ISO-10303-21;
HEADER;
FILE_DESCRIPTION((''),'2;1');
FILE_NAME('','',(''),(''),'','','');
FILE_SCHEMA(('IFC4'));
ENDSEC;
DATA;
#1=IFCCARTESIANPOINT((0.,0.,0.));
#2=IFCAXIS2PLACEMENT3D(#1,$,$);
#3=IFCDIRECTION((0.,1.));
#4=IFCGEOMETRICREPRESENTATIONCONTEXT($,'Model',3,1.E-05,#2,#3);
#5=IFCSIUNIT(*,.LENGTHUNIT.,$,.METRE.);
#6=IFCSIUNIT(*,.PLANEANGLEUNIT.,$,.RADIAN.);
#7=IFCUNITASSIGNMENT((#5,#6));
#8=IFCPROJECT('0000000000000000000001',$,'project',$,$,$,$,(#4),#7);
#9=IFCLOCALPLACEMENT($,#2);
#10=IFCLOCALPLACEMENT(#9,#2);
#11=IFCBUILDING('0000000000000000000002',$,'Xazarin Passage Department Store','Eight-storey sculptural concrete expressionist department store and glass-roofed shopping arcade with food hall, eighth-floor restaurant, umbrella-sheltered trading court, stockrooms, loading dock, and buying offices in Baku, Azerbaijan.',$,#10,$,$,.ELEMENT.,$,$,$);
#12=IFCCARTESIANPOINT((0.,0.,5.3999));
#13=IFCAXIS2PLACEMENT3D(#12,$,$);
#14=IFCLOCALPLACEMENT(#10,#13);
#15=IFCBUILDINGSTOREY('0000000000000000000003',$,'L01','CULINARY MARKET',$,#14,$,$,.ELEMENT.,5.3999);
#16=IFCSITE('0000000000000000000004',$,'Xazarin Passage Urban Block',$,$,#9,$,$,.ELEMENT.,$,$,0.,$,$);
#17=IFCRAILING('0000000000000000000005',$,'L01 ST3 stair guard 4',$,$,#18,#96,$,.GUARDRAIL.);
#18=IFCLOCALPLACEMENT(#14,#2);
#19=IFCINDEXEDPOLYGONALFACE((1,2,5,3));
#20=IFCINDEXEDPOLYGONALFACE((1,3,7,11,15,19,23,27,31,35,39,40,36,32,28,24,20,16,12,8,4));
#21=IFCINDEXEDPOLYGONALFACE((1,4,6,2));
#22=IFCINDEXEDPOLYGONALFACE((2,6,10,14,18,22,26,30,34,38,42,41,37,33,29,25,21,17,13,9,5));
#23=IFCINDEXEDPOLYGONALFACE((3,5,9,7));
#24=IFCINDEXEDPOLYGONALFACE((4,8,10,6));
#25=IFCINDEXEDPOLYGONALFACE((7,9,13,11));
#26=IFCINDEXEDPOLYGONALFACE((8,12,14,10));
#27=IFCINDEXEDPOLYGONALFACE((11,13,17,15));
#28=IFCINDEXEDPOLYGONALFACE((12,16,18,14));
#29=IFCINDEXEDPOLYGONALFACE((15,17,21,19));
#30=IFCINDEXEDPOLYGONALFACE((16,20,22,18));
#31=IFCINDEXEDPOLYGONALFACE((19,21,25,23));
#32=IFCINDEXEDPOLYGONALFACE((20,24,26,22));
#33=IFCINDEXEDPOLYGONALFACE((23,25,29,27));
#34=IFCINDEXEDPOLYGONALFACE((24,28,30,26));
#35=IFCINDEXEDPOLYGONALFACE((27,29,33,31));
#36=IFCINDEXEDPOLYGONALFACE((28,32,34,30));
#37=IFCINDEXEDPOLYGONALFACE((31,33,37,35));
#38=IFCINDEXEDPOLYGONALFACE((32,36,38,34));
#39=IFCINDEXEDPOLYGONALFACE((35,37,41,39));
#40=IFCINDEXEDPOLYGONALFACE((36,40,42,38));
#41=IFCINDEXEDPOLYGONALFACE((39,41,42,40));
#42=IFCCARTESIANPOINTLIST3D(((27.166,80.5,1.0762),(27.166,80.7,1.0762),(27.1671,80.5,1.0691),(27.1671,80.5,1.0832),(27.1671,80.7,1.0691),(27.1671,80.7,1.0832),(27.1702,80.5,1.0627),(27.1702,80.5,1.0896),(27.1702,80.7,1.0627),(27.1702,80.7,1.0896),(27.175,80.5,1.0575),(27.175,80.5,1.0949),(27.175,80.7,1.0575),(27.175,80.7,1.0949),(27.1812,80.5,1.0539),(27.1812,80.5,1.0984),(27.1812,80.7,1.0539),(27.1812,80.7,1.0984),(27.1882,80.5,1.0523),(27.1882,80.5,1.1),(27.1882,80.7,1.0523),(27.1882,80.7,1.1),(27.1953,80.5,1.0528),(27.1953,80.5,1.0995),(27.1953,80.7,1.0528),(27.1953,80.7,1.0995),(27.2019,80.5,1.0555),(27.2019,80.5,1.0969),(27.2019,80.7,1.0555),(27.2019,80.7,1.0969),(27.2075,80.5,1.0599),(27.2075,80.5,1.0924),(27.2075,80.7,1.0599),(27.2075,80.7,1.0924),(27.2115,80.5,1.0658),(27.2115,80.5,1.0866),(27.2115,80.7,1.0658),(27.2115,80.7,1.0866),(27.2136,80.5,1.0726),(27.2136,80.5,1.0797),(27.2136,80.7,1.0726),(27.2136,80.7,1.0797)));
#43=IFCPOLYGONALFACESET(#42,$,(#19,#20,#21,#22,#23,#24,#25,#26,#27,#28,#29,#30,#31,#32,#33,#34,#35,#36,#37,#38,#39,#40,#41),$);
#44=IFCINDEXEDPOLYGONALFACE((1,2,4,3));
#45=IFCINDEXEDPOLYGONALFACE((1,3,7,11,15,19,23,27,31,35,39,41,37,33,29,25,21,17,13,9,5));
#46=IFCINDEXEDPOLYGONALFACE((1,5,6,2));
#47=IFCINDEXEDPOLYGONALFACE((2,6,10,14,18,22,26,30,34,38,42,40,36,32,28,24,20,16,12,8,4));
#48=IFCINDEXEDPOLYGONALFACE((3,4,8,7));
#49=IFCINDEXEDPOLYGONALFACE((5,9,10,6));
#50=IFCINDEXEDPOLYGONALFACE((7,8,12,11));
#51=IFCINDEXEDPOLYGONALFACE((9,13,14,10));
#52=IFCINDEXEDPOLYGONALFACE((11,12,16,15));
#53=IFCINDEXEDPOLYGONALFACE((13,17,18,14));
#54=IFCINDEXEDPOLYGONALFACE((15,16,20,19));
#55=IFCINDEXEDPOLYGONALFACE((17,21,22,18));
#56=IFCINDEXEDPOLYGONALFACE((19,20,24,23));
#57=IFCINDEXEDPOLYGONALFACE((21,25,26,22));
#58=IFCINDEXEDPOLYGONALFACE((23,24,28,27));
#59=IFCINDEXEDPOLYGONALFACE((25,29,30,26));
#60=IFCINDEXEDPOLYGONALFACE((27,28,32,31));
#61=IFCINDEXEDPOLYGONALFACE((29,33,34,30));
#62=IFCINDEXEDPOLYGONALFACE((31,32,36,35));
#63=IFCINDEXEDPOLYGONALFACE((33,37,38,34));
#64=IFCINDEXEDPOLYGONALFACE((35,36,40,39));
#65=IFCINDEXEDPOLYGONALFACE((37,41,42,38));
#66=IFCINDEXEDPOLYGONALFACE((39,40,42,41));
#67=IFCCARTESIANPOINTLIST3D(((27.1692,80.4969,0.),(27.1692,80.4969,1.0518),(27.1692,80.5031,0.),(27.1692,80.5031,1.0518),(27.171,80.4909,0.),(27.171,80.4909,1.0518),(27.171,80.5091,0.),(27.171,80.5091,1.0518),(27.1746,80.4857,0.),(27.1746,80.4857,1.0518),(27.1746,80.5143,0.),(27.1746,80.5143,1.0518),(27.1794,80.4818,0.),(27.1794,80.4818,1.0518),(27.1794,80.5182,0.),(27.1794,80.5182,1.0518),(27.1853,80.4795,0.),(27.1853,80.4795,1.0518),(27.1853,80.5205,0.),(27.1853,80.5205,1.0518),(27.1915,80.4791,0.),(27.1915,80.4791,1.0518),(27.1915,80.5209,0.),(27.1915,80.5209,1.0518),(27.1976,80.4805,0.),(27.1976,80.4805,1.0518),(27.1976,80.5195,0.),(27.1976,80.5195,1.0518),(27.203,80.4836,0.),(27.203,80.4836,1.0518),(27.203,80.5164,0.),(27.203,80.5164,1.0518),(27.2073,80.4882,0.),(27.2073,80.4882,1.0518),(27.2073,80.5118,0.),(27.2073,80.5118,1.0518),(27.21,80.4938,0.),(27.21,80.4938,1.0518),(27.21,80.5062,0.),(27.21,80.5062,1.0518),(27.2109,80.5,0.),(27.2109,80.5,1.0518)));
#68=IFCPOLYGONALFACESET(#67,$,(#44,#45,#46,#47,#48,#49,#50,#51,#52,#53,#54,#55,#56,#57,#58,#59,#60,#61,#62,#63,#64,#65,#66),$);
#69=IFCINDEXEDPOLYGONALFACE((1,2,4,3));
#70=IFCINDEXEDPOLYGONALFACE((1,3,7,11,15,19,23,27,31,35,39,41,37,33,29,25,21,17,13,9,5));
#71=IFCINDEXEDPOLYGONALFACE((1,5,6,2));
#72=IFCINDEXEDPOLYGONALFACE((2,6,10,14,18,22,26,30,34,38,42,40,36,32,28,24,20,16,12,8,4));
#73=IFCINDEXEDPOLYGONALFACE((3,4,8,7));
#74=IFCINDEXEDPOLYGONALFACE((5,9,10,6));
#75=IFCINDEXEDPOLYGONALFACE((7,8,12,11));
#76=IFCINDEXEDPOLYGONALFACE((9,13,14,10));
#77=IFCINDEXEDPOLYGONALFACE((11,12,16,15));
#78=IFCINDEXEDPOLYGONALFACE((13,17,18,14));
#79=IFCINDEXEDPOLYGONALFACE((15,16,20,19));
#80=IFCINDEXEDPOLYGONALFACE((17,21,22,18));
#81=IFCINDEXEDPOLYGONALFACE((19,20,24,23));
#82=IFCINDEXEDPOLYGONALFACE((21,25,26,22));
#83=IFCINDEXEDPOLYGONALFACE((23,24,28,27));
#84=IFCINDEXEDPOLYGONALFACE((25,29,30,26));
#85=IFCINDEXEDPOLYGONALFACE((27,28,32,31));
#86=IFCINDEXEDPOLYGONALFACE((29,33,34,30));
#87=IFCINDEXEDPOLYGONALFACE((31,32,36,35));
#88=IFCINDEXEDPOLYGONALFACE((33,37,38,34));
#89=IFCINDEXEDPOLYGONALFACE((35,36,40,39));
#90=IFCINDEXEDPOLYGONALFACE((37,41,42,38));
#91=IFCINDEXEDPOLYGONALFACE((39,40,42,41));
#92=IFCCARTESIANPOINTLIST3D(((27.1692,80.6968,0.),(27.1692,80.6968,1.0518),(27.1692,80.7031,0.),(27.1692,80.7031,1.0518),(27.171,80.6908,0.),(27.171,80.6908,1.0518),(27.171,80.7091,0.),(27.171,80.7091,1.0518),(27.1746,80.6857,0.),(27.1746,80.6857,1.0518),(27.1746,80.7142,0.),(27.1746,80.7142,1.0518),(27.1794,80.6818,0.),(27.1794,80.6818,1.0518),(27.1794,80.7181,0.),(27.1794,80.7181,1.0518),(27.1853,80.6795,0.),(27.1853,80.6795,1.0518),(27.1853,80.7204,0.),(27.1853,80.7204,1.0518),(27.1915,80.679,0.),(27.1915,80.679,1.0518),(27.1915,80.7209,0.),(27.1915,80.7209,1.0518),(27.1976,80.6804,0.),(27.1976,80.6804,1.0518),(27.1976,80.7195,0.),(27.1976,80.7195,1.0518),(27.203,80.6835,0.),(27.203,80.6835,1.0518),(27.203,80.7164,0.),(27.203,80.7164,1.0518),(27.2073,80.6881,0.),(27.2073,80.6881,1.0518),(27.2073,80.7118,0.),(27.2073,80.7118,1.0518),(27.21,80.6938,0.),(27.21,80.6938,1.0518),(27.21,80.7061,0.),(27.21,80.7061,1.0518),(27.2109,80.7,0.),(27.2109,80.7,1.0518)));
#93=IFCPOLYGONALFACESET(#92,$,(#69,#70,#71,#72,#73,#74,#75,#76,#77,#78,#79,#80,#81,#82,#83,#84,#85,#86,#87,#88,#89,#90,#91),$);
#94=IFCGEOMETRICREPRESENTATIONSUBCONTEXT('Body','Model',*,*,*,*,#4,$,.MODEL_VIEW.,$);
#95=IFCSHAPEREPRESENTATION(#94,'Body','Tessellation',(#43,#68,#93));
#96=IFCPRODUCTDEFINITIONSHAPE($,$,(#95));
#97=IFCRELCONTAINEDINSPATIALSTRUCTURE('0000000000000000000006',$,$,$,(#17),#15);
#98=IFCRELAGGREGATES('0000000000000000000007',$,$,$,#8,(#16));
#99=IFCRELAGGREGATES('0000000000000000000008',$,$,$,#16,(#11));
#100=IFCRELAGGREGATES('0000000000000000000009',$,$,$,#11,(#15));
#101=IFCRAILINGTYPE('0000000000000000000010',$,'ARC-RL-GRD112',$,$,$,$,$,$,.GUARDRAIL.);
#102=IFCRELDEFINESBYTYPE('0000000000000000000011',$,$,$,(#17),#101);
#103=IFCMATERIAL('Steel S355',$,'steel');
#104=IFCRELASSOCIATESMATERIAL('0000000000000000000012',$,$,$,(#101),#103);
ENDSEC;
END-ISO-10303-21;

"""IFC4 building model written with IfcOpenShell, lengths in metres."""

from ifc_helpers import new_model, si_unit, direction, frame, origin, origin_2d, place, context, subcontext, project, spatial, circle, extrude, material, type_object, element, save


model = new_model("IFC4")

# Units and contexts
model_context = context("Model", 3, precision=1e-05, world=origin(), true_north=direction((0.0, 1.0)))
body_context = subcontext(model_context, "Body", "Model", "MODEL_VIEW")
ifc_project = project(units=[si_unit("LENGTHUNIT", "METRE"), si_unit("PLANEANGLEUNIT", "RADIAN")], contexts=[model_context])

# Site, building, storey
site_placement = place(None, origin())
site = spatial("IfcSite", under=ifc_project, at=site_placement, Name="Xazarin Passage Urban Block", CompositionType="ELEMENT", RefElevation=0.0)
building_placement = place(site_placement, origin())
building = spatial("IfcBuilding", under=site, at=building_placement, Name="Xazarin Passage Department Store", Description="Eight-storey sculptural concrete expressionist department store and glass-roofed shopping arcade with food hall, eighth-floor restaurant, umbrella-sheltered trading court, stockrooms, loading dock, and buying offices in Baku, Azerbaijan.", CompositionType="ELEMENT")
storey_placement = place(building_placement, frame((0.0, 0.0, 5.3999)))
storey = spatial("IfcBuildingStorey", under=building, at=storey_placement, Name="L01", Description="CULINARY MARKET", CompositionType="ELEMENT", Elevation=5.3999)

# Shared definitions
ifc_material_1 = material(Name="Steel S355", Category="steel")

# Railing
railing_type_1 = type_object("IfcRailingType", Name="ARC-RL-GRD112", PredefinedType="GUARDRAIL", material=ifc_material_1)
railing_1_placement = place(storey_placement, frame((27.1899, 80.5, 0.0)))
element("IfcRailing", 1, at=railing_1_placement, inside=storey, type_object=railing_type_1, Name="L01 ST3 stair guard 4", PredefinedType="GUARDRAIL", context=body_context, shape_type="SweptSolid", body=[
    extrude(circle(Radius=0.0239, at=origin_2d()), frame((0.0, 0.0, 1.0762), z_axis=(0.0, 1.0, 0.0), x_axis=(-1.0, 0.0, 0.0)), (0.0, 0.0, 1.0), 0.2),
    extrude(circle(Radius=0.021, at=origin_2d()), origin(), (0.0, 0.0, 1.0), 1.0518),
    extrude(circle(Radius=0.021, at=origin_2d()), frame((0.0, 0.2, 0.0)), (0.0, 0.0, 1.0), 1.0518),
])

save(model, "model.ifc")
